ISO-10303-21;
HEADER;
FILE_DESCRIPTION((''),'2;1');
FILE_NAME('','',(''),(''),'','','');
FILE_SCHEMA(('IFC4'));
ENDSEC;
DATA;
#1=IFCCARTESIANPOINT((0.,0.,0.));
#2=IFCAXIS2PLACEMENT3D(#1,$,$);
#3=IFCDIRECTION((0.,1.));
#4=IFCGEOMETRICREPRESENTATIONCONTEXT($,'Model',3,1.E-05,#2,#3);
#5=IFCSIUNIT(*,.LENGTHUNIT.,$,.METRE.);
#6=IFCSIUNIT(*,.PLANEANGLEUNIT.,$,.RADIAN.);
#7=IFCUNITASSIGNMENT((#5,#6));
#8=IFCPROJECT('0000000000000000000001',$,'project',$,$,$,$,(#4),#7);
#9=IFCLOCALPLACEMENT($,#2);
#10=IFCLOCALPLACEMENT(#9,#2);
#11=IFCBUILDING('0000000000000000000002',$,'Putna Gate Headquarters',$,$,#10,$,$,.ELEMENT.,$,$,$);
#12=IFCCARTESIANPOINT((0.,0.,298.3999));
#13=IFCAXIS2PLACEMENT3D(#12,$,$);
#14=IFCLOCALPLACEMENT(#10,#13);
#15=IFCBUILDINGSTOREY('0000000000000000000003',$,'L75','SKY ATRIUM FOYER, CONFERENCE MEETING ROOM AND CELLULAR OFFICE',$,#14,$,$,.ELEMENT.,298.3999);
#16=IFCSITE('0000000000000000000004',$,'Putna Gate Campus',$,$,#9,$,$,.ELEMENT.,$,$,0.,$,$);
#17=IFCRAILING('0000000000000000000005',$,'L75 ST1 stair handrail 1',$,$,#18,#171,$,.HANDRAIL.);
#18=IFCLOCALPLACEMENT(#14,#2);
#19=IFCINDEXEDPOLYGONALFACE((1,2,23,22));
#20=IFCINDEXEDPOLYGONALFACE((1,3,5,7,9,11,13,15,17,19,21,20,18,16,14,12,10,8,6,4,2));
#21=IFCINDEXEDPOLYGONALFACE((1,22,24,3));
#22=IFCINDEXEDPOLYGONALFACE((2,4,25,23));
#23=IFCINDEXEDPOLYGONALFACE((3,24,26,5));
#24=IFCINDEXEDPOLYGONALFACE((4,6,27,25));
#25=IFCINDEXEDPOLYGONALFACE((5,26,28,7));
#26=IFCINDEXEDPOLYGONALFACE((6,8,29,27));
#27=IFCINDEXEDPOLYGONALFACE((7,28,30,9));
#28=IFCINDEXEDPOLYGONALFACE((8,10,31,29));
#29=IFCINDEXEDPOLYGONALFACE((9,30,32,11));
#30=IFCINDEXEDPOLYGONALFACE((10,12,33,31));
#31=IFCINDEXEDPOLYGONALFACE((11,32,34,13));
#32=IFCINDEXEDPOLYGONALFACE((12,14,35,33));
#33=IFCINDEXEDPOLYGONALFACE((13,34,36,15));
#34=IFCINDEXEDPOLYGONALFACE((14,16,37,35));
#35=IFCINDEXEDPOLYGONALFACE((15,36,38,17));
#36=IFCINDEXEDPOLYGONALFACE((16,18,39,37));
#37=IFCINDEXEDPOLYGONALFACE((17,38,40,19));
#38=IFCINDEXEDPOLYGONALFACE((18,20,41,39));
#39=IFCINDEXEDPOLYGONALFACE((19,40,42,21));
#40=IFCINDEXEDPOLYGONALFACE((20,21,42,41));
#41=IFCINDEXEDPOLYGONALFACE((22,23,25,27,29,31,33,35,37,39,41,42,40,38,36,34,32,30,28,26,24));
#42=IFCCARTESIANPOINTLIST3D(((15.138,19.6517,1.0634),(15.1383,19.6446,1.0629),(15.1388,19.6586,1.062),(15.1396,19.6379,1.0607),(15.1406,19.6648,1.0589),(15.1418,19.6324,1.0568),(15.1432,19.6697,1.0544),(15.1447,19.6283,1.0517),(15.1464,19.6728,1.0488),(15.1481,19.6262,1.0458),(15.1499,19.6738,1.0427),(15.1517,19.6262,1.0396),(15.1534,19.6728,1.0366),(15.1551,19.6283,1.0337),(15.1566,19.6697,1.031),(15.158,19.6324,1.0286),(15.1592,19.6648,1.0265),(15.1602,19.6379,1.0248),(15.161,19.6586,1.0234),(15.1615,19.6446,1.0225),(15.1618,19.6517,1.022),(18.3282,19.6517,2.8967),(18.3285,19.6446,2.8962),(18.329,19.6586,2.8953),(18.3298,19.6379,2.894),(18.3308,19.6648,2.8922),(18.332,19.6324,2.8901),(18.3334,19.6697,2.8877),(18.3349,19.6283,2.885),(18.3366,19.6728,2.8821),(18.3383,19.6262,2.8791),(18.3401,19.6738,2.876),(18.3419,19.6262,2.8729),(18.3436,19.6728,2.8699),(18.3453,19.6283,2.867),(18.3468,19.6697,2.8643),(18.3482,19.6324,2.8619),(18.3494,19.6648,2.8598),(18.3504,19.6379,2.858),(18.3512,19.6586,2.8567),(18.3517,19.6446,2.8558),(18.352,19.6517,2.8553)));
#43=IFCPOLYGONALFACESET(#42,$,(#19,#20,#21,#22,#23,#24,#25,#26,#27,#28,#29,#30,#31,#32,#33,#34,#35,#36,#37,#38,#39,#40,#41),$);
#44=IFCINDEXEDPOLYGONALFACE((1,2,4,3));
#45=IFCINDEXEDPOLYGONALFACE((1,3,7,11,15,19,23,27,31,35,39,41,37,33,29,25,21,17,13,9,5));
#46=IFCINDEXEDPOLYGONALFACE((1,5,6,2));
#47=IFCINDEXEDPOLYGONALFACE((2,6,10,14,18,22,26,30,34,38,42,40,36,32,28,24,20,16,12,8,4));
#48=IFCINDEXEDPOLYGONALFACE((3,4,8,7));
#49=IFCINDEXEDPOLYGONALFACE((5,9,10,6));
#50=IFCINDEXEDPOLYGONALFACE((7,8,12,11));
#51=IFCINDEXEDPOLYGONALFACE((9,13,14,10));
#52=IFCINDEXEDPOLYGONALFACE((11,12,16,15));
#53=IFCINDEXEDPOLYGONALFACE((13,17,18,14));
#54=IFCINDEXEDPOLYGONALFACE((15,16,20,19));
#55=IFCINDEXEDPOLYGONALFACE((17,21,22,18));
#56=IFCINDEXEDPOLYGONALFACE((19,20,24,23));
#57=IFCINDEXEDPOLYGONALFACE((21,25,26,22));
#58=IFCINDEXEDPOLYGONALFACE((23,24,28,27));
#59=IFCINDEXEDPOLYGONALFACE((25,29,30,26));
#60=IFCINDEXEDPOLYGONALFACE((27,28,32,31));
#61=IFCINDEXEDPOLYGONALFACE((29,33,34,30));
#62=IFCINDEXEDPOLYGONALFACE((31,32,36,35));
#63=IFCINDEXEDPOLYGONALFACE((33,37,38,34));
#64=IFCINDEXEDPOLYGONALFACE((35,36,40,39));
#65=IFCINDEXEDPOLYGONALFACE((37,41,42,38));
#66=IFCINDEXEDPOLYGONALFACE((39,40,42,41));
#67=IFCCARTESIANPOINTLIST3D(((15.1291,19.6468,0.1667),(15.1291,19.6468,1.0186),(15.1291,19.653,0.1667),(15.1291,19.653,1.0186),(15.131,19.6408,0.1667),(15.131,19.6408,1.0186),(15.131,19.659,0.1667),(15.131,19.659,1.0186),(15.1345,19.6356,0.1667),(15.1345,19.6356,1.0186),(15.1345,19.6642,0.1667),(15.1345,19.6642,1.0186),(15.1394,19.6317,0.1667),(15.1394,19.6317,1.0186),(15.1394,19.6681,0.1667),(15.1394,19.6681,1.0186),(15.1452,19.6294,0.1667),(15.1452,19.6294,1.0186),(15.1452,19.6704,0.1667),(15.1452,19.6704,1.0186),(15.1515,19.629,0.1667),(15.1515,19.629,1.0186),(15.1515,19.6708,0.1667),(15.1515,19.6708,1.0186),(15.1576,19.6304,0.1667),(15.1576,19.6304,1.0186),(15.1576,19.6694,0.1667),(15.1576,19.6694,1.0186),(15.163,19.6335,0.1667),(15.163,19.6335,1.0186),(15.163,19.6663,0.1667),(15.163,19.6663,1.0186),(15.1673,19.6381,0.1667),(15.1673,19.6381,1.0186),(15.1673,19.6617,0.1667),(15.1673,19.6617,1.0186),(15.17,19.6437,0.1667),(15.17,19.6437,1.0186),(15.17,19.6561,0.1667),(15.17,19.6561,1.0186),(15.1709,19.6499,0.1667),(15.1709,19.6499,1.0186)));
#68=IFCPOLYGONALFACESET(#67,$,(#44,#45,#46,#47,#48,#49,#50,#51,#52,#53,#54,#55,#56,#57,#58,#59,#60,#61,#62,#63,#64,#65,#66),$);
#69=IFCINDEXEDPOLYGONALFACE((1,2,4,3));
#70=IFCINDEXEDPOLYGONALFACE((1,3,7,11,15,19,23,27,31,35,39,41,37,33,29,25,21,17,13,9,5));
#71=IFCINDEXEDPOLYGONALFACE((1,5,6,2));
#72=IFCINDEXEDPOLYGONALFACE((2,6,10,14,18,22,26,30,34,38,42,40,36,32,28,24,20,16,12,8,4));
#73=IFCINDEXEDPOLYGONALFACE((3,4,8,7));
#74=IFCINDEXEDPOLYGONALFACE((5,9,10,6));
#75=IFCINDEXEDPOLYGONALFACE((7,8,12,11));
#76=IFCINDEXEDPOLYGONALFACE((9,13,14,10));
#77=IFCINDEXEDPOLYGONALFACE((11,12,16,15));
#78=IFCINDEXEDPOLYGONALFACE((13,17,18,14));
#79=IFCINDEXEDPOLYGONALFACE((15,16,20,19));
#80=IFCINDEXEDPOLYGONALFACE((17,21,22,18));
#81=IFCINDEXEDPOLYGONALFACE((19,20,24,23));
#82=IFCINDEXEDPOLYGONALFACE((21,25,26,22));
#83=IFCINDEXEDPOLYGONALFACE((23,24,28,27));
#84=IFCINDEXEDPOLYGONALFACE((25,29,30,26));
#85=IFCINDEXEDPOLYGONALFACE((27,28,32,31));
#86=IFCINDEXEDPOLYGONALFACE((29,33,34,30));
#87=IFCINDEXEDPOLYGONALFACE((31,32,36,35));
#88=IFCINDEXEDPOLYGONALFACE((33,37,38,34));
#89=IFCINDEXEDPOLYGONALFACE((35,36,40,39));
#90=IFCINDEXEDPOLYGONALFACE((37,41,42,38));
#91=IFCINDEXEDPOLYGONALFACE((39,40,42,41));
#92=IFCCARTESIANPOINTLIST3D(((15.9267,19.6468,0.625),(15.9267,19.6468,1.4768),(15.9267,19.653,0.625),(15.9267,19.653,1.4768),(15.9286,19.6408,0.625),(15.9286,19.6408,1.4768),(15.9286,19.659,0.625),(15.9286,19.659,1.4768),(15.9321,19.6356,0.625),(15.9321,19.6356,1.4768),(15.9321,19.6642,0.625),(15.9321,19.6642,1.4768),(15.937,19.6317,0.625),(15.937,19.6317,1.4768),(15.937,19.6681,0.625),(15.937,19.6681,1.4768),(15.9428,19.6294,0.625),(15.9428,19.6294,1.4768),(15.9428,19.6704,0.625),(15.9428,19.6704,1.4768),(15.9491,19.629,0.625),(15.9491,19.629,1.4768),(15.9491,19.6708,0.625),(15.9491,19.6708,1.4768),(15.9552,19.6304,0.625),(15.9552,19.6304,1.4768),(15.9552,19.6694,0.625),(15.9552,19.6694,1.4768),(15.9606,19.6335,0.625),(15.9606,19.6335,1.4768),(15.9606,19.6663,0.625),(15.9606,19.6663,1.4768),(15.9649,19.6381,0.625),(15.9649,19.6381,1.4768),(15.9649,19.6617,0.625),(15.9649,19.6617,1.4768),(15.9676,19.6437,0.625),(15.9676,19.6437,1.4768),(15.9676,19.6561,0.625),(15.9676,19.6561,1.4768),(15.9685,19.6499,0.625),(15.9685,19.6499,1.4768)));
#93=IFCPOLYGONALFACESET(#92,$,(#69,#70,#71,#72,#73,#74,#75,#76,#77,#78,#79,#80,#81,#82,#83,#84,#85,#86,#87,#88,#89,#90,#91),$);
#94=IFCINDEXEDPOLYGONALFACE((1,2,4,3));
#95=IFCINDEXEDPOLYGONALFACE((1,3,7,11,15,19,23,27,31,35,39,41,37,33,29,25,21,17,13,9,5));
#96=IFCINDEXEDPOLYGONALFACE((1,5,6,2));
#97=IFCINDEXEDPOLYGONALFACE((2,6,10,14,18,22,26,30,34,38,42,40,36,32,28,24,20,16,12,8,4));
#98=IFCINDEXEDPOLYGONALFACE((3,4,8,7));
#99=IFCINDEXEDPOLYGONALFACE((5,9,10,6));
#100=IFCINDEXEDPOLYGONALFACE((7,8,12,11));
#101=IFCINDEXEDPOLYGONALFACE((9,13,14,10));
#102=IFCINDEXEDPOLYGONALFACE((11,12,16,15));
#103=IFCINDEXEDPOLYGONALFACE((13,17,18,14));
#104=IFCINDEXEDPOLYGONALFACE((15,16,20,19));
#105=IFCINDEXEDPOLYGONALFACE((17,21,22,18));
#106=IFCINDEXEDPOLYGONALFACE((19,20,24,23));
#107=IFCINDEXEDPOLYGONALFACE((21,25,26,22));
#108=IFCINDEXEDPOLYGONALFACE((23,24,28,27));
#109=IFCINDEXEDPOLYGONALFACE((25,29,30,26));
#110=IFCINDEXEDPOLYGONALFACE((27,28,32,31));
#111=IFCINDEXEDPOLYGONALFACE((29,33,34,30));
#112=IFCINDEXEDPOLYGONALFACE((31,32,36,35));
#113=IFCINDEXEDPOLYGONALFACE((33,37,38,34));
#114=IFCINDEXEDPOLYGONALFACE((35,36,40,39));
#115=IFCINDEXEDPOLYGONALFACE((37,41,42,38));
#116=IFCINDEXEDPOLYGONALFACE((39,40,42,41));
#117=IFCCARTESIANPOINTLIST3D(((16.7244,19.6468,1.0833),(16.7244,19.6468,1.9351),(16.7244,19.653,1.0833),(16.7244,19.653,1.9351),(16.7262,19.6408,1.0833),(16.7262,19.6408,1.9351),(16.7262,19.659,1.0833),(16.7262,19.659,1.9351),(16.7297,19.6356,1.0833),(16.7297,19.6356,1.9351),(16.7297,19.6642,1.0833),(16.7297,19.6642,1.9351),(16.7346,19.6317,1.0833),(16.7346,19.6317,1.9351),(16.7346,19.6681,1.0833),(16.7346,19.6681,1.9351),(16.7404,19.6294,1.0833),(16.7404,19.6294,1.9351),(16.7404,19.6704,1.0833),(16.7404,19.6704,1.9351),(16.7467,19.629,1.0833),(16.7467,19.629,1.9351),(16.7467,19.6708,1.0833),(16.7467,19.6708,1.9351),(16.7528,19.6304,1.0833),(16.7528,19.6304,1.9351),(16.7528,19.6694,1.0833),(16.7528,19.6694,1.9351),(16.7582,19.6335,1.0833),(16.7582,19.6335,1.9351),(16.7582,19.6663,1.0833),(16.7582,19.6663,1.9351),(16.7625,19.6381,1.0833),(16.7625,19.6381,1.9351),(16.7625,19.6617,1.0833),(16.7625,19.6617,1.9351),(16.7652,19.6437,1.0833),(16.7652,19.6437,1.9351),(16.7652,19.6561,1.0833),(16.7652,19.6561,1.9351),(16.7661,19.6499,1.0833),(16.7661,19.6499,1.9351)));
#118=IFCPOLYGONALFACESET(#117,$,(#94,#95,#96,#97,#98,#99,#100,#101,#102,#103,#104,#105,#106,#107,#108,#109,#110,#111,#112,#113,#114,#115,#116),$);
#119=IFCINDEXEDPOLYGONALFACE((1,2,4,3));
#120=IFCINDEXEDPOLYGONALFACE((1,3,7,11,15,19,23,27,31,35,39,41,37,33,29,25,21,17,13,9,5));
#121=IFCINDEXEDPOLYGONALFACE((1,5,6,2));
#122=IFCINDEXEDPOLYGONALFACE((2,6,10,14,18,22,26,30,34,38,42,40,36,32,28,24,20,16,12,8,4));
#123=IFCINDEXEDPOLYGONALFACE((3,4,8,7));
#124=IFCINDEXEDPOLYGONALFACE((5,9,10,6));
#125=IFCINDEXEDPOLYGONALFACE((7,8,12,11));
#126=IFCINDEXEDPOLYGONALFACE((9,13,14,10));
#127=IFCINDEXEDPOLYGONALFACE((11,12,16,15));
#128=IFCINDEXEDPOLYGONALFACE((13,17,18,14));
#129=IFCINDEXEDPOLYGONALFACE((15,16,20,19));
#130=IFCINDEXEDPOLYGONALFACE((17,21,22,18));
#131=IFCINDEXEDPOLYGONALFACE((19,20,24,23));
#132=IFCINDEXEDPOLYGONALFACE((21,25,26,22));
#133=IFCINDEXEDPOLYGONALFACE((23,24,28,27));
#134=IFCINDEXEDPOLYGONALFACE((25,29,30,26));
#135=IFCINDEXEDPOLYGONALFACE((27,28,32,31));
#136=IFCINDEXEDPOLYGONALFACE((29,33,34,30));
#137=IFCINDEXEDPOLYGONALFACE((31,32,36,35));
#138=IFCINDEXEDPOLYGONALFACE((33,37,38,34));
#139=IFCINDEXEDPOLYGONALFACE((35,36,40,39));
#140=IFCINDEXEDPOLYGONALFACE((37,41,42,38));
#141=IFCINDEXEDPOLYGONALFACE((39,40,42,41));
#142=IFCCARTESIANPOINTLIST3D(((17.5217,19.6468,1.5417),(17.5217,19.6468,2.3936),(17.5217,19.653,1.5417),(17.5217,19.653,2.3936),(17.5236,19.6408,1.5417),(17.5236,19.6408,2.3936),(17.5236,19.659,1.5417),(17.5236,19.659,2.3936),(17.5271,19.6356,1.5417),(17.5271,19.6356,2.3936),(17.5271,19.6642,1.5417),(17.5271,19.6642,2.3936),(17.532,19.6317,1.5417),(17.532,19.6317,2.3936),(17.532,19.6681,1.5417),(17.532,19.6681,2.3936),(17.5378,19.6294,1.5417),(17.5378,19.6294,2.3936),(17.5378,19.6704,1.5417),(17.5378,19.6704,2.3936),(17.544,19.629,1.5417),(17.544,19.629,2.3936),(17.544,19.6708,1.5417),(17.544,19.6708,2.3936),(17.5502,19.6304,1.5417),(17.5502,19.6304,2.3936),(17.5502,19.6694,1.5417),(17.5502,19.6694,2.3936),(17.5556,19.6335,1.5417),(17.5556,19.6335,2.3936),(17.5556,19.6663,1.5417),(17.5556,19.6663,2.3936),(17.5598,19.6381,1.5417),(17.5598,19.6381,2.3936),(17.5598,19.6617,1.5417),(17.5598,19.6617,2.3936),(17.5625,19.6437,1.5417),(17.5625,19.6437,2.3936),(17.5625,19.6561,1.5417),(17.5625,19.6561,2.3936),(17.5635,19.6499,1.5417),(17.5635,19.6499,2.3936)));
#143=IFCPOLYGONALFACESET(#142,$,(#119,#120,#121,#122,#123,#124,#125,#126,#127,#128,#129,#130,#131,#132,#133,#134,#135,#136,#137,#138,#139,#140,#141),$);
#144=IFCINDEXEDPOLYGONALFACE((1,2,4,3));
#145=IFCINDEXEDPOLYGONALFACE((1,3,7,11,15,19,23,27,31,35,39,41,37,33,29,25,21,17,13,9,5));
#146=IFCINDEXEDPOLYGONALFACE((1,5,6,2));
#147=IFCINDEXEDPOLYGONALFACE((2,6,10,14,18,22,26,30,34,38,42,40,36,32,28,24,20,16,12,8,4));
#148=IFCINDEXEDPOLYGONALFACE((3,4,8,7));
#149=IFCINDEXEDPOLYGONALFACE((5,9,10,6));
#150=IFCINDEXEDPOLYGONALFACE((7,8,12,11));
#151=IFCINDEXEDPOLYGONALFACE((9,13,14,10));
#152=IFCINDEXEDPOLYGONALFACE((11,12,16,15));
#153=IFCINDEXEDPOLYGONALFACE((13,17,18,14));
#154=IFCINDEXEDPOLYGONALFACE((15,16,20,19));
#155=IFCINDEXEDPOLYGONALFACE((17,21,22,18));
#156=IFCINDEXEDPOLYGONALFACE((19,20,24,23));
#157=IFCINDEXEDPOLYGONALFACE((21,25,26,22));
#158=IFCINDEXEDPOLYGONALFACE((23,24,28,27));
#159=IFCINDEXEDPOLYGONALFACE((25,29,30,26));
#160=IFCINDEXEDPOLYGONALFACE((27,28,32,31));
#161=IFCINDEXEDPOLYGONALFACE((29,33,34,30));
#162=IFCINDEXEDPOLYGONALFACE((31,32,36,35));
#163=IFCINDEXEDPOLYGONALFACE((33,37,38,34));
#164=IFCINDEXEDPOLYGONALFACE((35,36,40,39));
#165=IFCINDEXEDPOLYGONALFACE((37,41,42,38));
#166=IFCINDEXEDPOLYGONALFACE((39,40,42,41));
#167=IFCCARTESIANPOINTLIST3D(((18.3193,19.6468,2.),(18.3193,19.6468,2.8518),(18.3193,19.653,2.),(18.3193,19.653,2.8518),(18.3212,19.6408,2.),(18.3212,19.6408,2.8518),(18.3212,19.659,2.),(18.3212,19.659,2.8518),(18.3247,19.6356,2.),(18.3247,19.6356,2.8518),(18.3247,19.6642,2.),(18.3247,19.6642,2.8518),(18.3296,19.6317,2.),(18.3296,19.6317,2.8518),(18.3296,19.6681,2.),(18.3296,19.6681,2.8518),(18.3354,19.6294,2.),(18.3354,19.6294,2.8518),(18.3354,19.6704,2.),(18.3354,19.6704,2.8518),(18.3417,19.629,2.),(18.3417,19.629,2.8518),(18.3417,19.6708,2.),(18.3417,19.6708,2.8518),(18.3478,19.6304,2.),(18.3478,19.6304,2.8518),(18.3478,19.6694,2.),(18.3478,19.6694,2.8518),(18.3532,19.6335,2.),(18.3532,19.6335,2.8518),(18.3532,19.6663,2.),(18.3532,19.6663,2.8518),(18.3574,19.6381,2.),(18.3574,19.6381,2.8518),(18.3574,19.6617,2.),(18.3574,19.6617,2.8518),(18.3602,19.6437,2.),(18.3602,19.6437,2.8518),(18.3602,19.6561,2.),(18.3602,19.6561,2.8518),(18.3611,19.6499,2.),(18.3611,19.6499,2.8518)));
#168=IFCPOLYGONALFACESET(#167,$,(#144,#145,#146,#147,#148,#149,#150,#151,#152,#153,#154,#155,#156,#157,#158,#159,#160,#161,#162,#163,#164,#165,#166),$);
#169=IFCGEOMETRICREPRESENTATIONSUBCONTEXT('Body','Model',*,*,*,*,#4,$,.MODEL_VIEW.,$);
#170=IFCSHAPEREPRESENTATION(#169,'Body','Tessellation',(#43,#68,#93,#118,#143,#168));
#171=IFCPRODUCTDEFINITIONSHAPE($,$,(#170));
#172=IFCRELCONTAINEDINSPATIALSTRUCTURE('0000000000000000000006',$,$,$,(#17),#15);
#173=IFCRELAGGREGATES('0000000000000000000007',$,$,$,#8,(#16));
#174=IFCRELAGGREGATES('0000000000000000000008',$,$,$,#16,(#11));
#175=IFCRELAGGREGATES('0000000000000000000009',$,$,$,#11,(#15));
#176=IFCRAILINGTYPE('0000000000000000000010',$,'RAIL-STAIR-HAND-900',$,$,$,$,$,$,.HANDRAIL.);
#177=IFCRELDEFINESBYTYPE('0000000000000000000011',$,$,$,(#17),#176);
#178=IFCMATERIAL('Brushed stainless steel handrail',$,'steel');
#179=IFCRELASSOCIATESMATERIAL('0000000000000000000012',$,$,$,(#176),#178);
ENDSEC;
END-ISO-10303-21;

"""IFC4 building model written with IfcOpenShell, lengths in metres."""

from ifc_helpers import new_model, si_unit, direction, frame, origin, origin_2d, place, context, subcontext, project, spatial, circle, extrude, material, type_object, element, save


model = new_model("IFC4")

# Units and contexts
model_context = context("Model", 3, precision=1e-05, world=origin(), true_north=direction((0.0, 1.0)))
body_context = subcontext(model_context, "Body", "Model", "MODEL_VIEW")
ifc_project = project(units=[si_unit("LENGTHUNIT", "METRE"), si_unit("PLANEANGLEUNIT", "RADIAN")], contexts=[model_context])

# Site, building, storey
site_placement = place(None, origin())
site = spatial("IfcSite", under=ifc_project, at=site_placement, Name="Putna Gate Campus", CompositionType="ELEMENT", RefElevation=0.0)
building_placement = place(site_placement, origin())
building = spatial("IfcBuilding", under=site, at=building_placement, Name="Putna Gate Headquarters", CompositionType="ELEMENT")
storey_placement = place(building_placement, frame((0.0, 0.0, 298.3999)))
storey = spatial("IfcBuildingStorey", under=building, at=storey_placement, Name="L75", Description="SKY ATRIUM FOYER, CONFERENCE MEETING ROOM AND CELLULAR OFFICE", CompositionType="ELEMENT", Elevation=298.3999)

# Railing
ifc_material_1 = material(Name="Brushed stainless steel handrail", Category="steel")
railing_type_1 = type_object("IfcRailingType", Name="RAIL-STAIR-HAND-900", PredefinedType="HANDRAIL", material=ifc_material_1)
railing_1_placement = place(storey_placement, frame((15.1499, 19.6499, 0.1667)))
element("IfcRailing", 1, at=railing_1_placement, inside=storey, type_object=railing_type_1, Name="L75 ST1 stair handrail 1", PredefinedType="HANDRAIL", context=body_context, shape_type="SweptSolid", body=[
    extrude(circle(Radius=0.0239, at=origin_2d()), frame((0.0, 0.0, 0.876), z_axis=(0.867036, 0.0, 0.498245), x_axis=(0.0, 1.0, 0.0)), (0.0, 0.0, 1.0), 3.6794),
    extrude(circle(Radius=0.021, at=origin_2d()), origin(), (0.0, 0.0, 1.0), 0.8518),
    extrude(circle(Radius=0.021, at=origin_2d()), frame((0.7976, 0.0, 0.4583)), (0.0, 0.0, 1.0), 0.8518),
    extrude(circle(Radius=0.021, at=origin_2d()), frame((1.5952, 0.0, 0.9165)), (0.0, 0.0, 1.0), 0.8518),
    extrude(circle(Radius=0.021, at=origin_2d()), frame((2.3926, 0.0, 1.375)), (0.0, 0.0, 1.0), 0.8518),
    extrude(circle(Radius=0.021, at=origin_2d()), frame((3.1902, 0.0, 1.8333)), (0.0, 0.0, 1.0), 0.8518),
])

save(model, "model.ifc")
